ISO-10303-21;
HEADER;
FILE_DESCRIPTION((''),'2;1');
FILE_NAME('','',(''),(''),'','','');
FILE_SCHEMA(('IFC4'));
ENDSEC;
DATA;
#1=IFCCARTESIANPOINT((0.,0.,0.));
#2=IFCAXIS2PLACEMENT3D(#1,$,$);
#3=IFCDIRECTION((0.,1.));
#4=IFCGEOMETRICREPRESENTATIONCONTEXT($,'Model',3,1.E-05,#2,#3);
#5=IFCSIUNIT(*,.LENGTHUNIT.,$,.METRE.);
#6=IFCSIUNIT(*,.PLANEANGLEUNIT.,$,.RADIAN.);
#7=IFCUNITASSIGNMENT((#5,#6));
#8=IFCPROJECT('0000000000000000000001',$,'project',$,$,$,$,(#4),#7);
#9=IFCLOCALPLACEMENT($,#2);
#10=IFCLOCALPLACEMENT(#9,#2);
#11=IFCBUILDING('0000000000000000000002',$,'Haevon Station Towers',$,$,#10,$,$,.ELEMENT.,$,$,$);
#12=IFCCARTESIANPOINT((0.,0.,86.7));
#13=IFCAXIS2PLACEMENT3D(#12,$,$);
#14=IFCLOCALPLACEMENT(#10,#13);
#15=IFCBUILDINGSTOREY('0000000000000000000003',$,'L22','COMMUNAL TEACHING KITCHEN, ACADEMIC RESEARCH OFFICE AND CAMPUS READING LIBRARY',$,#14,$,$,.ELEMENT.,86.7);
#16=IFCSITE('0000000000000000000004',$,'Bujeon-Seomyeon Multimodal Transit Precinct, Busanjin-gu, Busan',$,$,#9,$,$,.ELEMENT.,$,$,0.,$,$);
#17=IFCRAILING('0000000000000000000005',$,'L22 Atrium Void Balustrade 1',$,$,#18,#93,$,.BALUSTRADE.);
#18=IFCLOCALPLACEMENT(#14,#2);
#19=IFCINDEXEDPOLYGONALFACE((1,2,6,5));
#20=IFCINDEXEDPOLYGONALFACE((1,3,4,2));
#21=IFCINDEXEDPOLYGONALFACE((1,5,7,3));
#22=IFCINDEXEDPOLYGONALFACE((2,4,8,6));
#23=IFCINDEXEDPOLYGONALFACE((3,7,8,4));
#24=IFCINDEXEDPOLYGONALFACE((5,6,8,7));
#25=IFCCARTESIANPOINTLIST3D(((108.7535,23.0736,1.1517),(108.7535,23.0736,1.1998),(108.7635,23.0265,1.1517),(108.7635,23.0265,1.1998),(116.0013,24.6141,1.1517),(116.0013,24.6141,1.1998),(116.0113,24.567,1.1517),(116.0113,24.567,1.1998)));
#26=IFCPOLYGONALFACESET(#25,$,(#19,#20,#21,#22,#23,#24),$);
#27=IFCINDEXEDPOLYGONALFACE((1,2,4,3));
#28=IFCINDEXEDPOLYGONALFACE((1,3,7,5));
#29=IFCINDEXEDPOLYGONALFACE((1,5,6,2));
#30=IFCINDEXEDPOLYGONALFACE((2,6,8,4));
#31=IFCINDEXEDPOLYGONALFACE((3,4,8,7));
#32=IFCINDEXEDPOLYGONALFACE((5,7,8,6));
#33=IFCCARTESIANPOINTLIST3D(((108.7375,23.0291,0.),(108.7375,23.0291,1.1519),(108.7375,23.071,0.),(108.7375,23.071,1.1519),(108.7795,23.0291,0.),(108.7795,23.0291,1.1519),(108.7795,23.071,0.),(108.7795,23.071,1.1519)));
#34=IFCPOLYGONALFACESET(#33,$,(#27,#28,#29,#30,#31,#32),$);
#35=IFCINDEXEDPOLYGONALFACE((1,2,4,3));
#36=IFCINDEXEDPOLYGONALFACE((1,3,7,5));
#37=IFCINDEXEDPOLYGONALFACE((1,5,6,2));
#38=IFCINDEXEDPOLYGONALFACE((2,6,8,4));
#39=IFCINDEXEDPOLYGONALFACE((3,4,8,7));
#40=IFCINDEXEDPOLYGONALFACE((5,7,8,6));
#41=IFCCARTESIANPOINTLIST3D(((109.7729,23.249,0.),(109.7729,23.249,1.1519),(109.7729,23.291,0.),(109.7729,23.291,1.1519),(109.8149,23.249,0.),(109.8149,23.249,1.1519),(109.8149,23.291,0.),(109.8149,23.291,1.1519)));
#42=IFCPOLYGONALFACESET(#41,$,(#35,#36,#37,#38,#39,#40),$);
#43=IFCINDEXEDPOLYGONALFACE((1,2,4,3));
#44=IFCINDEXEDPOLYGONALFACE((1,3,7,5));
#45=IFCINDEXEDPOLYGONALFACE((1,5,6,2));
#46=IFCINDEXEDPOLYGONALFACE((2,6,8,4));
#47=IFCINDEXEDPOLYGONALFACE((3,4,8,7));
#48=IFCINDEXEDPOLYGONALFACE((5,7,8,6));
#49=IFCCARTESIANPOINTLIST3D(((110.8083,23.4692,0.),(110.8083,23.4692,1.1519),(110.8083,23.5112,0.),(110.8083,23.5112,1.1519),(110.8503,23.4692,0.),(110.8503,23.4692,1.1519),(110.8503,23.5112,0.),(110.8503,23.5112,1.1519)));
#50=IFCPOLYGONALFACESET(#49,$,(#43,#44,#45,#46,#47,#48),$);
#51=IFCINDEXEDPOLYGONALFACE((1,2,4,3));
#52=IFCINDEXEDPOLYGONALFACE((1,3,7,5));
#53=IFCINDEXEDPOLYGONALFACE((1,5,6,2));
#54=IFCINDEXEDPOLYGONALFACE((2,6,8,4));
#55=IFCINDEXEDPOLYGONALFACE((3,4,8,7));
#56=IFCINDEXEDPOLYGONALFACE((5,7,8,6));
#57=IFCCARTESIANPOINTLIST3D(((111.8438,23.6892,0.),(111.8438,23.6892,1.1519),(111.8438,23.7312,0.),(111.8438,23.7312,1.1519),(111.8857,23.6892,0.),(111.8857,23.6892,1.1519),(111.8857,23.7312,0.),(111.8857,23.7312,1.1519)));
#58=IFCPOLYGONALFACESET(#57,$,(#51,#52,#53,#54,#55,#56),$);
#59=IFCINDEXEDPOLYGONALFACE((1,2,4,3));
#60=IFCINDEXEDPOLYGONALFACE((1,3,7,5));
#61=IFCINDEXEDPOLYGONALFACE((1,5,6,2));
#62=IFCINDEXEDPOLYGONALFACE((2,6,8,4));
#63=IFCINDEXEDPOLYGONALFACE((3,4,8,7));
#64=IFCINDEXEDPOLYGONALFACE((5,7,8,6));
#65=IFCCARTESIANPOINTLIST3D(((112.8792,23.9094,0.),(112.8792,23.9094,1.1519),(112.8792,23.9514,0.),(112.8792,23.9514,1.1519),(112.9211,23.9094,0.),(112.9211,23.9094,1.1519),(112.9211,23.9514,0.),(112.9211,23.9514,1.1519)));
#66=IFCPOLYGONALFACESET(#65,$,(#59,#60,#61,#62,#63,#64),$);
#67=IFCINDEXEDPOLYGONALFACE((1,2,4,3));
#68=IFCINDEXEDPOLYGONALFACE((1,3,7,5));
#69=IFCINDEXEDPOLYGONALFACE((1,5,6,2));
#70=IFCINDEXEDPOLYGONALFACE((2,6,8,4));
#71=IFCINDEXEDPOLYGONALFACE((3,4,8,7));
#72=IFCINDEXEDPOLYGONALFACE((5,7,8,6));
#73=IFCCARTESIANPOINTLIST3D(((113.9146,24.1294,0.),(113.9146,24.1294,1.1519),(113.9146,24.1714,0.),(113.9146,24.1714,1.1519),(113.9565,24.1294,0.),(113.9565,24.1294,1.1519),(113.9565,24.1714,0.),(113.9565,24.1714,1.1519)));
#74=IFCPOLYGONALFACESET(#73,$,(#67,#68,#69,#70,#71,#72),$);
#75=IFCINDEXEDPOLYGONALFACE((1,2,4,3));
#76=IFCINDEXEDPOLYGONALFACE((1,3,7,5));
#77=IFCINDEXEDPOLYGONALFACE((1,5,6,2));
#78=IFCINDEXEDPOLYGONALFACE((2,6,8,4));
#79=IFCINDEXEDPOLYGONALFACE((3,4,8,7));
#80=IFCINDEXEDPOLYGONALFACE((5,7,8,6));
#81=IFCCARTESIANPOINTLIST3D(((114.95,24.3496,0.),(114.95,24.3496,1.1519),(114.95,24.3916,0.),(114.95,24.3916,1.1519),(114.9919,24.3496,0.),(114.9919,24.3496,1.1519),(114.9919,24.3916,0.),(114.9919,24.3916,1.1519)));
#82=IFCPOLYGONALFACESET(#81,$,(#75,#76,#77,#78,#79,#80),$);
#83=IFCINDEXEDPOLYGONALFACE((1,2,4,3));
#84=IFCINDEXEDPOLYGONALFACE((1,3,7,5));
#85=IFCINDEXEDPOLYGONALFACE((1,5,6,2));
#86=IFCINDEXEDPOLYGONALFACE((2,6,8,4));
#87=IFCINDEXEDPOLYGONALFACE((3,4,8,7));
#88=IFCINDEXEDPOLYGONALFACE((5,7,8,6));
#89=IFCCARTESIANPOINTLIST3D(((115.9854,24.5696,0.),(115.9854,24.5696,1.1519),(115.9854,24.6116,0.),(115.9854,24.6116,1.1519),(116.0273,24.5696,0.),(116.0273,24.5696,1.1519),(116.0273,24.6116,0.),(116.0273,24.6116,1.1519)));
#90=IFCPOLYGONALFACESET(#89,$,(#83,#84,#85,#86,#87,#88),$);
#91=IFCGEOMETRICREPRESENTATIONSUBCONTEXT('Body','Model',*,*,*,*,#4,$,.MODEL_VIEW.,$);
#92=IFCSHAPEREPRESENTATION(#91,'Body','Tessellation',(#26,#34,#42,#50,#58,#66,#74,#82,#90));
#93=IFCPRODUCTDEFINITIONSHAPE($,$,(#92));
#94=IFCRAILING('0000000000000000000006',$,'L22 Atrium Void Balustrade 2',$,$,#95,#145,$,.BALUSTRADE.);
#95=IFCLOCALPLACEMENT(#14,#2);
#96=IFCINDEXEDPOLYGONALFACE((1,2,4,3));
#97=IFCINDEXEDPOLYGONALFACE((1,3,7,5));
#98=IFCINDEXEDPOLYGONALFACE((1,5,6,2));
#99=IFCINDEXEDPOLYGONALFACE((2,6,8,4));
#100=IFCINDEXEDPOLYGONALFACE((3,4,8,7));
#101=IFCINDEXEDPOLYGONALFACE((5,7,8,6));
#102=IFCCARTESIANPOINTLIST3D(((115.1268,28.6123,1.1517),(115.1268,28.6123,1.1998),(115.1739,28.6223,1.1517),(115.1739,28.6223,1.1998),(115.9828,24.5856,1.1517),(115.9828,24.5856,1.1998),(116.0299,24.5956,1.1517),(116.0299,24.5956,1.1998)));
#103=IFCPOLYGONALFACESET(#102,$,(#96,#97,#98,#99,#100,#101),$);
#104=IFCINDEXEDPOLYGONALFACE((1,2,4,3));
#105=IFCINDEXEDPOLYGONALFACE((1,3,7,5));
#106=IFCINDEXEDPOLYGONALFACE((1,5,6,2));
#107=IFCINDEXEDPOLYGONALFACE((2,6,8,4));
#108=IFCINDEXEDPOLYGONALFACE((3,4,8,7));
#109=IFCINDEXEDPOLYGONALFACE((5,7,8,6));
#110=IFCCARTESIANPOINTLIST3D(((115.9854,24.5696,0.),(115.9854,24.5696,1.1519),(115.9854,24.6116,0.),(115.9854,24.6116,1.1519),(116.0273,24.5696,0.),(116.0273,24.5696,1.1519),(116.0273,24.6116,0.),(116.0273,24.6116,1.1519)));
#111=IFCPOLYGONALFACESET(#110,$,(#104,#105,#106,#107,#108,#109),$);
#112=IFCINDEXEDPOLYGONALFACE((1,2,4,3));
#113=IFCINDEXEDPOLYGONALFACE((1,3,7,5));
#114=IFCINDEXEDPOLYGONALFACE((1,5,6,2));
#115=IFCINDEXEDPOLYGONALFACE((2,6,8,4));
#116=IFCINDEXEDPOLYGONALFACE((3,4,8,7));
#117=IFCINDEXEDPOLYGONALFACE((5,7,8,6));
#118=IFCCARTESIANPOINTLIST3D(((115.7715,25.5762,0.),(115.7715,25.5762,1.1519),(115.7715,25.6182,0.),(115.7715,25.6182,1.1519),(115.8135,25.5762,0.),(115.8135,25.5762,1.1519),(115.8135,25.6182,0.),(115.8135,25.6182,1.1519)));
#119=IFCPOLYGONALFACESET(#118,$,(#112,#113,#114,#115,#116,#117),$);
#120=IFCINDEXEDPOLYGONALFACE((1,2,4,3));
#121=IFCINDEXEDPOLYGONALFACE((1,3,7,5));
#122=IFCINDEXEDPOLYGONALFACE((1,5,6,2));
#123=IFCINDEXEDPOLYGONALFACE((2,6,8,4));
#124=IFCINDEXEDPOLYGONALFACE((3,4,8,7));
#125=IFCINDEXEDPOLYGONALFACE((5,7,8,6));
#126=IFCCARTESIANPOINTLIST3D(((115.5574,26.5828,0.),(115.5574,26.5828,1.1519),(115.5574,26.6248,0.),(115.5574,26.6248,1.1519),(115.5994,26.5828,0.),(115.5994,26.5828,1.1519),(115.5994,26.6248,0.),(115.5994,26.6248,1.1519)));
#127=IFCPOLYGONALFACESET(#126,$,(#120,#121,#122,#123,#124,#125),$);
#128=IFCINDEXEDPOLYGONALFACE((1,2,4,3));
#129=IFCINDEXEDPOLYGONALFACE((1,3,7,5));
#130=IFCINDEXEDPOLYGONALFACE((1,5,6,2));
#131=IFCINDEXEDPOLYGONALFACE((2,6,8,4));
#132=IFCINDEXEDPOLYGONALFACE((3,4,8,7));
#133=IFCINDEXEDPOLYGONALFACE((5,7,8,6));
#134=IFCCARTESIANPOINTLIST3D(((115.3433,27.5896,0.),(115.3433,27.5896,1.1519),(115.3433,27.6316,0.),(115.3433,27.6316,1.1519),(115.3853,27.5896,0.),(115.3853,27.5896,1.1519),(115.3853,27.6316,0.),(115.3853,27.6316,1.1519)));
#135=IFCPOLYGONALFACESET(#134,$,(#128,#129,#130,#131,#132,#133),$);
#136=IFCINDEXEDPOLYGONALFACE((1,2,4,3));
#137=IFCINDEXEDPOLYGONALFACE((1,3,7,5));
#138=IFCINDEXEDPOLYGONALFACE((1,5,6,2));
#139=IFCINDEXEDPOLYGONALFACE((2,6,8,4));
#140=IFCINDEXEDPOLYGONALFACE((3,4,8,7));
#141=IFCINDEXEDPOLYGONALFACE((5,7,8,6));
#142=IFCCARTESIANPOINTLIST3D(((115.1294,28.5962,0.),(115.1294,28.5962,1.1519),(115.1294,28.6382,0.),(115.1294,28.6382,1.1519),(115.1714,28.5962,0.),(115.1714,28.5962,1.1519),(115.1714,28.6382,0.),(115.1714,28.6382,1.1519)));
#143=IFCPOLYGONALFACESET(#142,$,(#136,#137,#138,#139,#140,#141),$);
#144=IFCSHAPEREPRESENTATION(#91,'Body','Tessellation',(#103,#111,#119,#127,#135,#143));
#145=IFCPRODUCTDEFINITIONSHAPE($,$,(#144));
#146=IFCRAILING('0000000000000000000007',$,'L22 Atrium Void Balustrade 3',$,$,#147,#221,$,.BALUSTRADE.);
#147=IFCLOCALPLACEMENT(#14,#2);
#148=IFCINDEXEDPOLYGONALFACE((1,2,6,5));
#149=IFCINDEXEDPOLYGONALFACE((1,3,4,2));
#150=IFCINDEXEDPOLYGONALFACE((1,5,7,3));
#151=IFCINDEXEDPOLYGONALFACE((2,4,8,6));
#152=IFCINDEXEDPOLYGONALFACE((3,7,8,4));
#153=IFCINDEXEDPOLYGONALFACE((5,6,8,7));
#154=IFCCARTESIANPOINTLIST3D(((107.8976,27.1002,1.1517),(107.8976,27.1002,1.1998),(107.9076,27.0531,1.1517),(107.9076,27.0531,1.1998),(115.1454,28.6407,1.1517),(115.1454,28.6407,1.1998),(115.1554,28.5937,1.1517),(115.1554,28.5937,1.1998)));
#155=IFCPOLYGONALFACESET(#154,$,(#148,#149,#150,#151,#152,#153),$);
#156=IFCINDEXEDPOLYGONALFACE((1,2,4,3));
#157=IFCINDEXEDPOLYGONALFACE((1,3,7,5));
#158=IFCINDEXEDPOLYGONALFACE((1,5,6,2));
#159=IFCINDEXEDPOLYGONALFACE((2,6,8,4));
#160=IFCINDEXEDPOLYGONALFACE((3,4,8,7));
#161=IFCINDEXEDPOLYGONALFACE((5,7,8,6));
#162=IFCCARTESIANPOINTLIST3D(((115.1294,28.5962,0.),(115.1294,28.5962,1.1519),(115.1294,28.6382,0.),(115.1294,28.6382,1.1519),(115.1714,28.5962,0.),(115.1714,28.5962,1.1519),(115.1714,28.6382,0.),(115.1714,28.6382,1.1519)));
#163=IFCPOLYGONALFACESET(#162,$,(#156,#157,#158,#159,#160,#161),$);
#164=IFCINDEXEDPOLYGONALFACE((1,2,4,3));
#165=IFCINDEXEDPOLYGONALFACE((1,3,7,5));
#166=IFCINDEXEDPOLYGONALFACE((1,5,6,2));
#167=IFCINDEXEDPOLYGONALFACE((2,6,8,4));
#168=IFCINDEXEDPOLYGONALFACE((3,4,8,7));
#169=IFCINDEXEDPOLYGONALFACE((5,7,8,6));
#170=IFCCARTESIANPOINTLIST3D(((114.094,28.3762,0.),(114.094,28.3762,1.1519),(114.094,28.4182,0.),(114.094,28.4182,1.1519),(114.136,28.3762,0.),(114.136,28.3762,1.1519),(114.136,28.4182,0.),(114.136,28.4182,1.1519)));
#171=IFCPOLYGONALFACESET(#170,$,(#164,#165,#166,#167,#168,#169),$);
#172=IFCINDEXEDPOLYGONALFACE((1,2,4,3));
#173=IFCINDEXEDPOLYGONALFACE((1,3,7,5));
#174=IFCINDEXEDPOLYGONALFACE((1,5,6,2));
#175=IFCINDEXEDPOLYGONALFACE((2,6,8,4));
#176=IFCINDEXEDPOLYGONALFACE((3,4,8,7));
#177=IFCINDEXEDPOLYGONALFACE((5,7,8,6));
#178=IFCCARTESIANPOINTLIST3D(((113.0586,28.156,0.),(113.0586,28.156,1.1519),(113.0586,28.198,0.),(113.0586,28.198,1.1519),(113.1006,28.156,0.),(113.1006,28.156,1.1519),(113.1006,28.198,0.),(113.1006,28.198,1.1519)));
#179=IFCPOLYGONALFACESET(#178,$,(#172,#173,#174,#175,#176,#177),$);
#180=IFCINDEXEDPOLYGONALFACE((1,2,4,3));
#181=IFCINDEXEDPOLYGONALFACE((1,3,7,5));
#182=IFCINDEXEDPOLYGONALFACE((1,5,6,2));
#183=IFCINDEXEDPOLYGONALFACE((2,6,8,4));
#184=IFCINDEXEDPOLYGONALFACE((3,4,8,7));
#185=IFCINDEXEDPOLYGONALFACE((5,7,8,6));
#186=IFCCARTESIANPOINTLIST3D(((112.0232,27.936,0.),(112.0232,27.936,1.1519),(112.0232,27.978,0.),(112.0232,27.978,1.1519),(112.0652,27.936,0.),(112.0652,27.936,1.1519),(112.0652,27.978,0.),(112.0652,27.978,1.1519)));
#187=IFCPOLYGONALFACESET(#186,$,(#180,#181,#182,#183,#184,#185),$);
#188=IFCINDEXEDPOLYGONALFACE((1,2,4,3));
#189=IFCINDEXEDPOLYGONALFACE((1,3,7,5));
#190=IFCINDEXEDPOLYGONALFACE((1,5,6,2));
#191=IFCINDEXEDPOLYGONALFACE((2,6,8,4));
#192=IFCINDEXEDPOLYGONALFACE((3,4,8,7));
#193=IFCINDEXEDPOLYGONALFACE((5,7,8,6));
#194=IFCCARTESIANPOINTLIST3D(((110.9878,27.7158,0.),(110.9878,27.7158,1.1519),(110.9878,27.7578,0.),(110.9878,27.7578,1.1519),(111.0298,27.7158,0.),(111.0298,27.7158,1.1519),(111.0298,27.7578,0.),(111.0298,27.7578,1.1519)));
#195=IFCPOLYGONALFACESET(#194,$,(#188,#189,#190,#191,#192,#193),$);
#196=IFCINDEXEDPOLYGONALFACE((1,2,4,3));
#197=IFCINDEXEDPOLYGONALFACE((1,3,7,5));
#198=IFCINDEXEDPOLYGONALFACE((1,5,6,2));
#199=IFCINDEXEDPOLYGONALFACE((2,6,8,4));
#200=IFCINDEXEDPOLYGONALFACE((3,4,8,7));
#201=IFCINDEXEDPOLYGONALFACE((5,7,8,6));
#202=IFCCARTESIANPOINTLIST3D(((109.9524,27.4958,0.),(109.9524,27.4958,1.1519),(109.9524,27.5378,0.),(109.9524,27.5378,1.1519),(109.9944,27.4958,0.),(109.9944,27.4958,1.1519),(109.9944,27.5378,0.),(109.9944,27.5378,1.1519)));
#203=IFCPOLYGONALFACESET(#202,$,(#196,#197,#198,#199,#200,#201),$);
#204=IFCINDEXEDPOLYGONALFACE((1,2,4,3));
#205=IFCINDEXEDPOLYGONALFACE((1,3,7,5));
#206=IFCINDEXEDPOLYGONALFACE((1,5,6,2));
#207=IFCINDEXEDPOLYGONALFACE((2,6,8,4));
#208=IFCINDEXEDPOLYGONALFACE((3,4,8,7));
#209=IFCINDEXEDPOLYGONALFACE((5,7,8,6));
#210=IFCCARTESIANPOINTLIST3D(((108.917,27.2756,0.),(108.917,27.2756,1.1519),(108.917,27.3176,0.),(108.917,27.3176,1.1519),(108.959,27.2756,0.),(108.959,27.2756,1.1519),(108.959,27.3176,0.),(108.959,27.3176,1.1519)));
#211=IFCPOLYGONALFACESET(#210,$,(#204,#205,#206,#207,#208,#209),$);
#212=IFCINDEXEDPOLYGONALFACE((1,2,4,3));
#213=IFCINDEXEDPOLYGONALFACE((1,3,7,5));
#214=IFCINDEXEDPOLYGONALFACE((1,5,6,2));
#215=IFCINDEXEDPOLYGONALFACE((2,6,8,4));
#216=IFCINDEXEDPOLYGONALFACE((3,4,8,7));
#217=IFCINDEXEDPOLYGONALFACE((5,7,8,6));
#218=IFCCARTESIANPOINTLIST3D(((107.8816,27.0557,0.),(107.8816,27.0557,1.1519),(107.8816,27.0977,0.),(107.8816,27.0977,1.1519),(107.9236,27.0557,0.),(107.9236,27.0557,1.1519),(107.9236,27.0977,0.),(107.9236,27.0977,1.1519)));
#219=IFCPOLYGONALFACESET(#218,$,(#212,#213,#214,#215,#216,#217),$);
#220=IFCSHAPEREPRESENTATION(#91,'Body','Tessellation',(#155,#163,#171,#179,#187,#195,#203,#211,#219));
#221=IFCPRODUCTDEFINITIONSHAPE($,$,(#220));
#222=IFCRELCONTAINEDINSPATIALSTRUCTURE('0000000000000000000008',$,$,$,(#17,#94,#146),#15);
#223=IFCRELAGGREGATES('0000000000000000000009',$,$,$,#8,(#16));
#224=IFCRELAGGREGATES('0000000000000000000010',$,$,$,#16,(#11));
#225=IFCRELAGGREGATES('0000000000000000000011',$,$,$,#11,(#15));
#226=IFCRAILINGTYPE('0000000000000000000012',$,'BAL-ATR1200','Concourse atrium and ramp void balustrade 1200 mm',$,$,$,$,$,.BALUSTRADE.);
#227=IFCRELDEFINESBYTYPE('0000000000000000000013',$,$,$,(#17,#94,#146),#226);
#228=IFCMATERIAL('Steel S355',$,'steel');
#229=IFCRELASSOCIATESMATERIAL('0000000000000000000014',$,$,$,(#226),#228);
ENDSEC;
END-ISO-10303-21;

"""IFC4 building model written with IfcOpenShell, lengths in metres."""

from ifc_helpers import new_model, si_unit, direction, frame, origin, origin_2d, place, context, subcontext, project, spatial, rectangle, extrude, material, type_object, element, save


model = new_model("IFC4")

# Units and contexts
model_context = context("Model", 3, precision=1e-05, world=origin(), true_north=direction((0.0, 1.0)))
body_context = subcontext(model_context, "Body", "Model", "MODEL_VIEW")
ifc_project = project(units=[si_unit("LENGTHUNIT", "METRE"), si_unit("PLANEANGLEUNIT", "RADIAN")], contexts=[model_context])

# Site, building, storey
site_placement = place(None, origin())
site = spatial("IfcSite", under=ifc_project, at=site_placement, Name="Bujeon-Seomyeon Multimodal Transit Precinct, Busanjin-gu, Busan", CompositionType="ELEMENT", RefElevation=0.0)
building_placement = place(site_placement, origin())
building = spatial("IfcBuilding", under=site, at=building_placement, Name="Haevon Station Towers", CompositionType="ELEMENT")
storey_placement = place(building_placement, frame((0.0, 0.0, 86.7)))
storey = spatial("IfcBuildingStorey", under=building, at=storey_placement, Name="L22", Description="COMMUNAL TEACHING KITCHEN, ACADEMIC RESEARCH OFFICE AND CAMPUS READING LIBRARY", CompositionType="ELEMENT", Elevation=86.7)

# Shared definitions
ifc_material_1 = material(Name="Steel S355", Category="steel")

# Railings
railing_type = type_object("IfcRailingType", Name="BAL-ATR1200", Description="Concourse atrium and ramp void balustrade 1200 mm", PredefinedType="BALUSTRADE", material=ifc_material_1)
railing_1_placement = place(storey_placement, frame((108.7585, 23.05, 0.0)))
element("IfcRailing", 1, at=railing_1_placement, inside=storey, type_object=railing_type, Name="L22 Atrium Void Balustrade 1", PredefinedType="BALUSTRADE", context=body_context, shape_type="SweptSolid", body=[
    extrude(rectangle(XDim=0.0481, YDim=0.0481, at=origin_2d()), frame((0.0, 0.0, 1.1758), z_axis=(0.978149, 0.207906, 0.0), x_axis=(-0.207906, 0.978149, 0.0)), (0.0, 0.0, 1.0), 7.4097),
    extrude(rectangle(XDim=0.042, YDim=0.042, at=origin_2d()), origin(), (0.0, 0.0, 1.0), 1.1519),
    extrude(rectangle(XDim=0.042, YDim=0.042, at=origin_2d()), frame((1.0354, 0.22, 0.0)), (0.0, 0.0, 1.0), 1.1519),
    extrude(rectangle(XDim=0.042, YDim=0.042, at=origin_2d()), frame((2.0708, 0.4402, 0.0)), (0.0, 0.0, 1.0), 1.1519),
    extrude(rectangle(XDim=0.042, YDim=0.042, at=origin_2d()), frame((3.1062, 0.6602, 0.0)), (0.0, 0.0, 1.0), 1.1519),
    extrude(rectangle(XDim=0.042, YDim=0.042, at=origin_2d()), frame((4.1416, 0.8804, 0.0)), (0.0, 0.0, 1.0), 1.1519),
    extrude(rectangle(XDim=0.042, YDim=0.042, at=origin_2d()), frame((5.177, 1.1003, 0.0)), (0.0, 0.0, 1.0), 1.1519),
    extrude(rectangle(XDim=0.042, YDim=0.042, at=origin_2d()), frame((6.2124, 1.3206, 0.0)), (0.0, 0.0, 1.0), 1.1519),
    extrude(rectangle(XDim=0.042, YDim=0.042, at=origin_2d()), frame((7.2478, 1.5405, 0.0)), (0.0, 0.0, 1.0), 1.1519),
])
railing_2_placement = place(storey_placement, frame((116.0063, 24.5906, 0.0)))
element("IfcRailing", 2, at=railing_2_placement, inside=storey, type_object=railing_type, Name="L22 Atrium Void Balustrade 2", PredefinedType="BALUSTRADE", context=body_context, shape_type="SweptSolid", body=[
    extrude(rectangle(XDim=0.0481, YDim=0.0481, at=origin_2d()), frame((0.0, 0.0, 1.1758), z_axis=(-0.207929, 0.978144, 0.0), x_axis=(-0.978144, -0.207929, 0.0)), (0.0, 0.0, 1.0), 4.1167),
    extrude(rectangle(XDim=0.042, YDim=0.042, at=origin_2d()), origin(), (0.0, 0.0, 1.0), 1.1519),
    extrude(rectangle(XDim=0.042, YDim=0.042, at=origin_2d()), frame((-0.2139, 1.0066, 0.0)), (0.0, 0.0, 1.0), 1.1519),
    extrude(rectangle(XDim=0.042, YDim=0.042, at=origin_2d()), frame((-0.428, 2.0132, 0.0)), (0.0, 0.0, 1.0), 1.1519),
    extrude(rectangle(XDim=0.042, YDim=0.042, at=origin_2d()), frame((-0.6421, 3.02, 0.0)), (0.0, 0.0, 1.0), 1.1519),
    extrude(rectangle(XDim=0.042, YDim=0.042, at=origin_2d()), frame((-0.856, 4.0266, 0.0)), (0.0, 0.0, 1.0), 1.1519),
])
railing_3_placement = place(storey_placement, frame((115.1504, 28.6172, 0.0)))
element("IfcRailing", 3, at=railing_3_placement, inside=storey, type_object=railing_type, Name="L22 Atrium Void Balustrade 3", PredefinedType="BALUSTRADE", context=body_context, shape_type="SweptSolid", body=[
    extrude(rectangle(XDim=0.0481, YDim=0.0481, at=origin_2d()), frame((0.0, 0.0, 1.1758), z_axis=(-0.978149, -0.207906, 0.0), x_axis=(0.207906, -0.978149, 0.0)), (0.0, 0.0, 1.0), 7.4097),
    extrude(rectangle(XDim=0.042, YDim=0.042, at=origin_2d()), origin(), (0.0, 0.0, 1.0), 1.1519),
    extrude(rectangle(XDim=0.042, YDim=0.042, at=origin_2d()), frame((-1.0354, -0.22, 0.0)), (0.0, 0.0, 1.0), 1.1519),
    extrude(rectangle(XDim=0.042, YDim=0.042, at=origin_2d()), frame((-2.0708, -0.4402, 0.0)), (0.0, 0.0, 1.0), 1.1519),
    extrude(rectangle(XDim=0.042, YDim=0.042, at=origin_2d()), frame((-3.1062, -0.6602, 0.0)), (0.0, 0.0, 1.0), 1.1519),
    extrude(rectangle(XDim=0.042, YDim=0.042, at=origin_2d()), frame((-4.1416, -0.8804, 0.0)), (0.0, 0.0, 1.0), 1.1519),
    extrude(rectangle(XDim=0.042, YDim=0.042, at=origin_2d()), frame((-5.177, -1.1003, 0.0)), (0.0, 0.0, 1.0), 1.1519),
    extrude(rectangle(XDim=0.042, YDim=0.042, at=origin_2d()), frame((-6.2124, -1.3206, 0.0)), (0.0, 0.0, 1.0), 1.1519),
    extrude(rectangle(XDim=0.042, YDim=0.042, at=origin_2d()), frame((-7.2478, -1.5405, 0.0)), (0.0, 0.0, 1.0), 1.1519),
])

save(model, "model.ifc")
